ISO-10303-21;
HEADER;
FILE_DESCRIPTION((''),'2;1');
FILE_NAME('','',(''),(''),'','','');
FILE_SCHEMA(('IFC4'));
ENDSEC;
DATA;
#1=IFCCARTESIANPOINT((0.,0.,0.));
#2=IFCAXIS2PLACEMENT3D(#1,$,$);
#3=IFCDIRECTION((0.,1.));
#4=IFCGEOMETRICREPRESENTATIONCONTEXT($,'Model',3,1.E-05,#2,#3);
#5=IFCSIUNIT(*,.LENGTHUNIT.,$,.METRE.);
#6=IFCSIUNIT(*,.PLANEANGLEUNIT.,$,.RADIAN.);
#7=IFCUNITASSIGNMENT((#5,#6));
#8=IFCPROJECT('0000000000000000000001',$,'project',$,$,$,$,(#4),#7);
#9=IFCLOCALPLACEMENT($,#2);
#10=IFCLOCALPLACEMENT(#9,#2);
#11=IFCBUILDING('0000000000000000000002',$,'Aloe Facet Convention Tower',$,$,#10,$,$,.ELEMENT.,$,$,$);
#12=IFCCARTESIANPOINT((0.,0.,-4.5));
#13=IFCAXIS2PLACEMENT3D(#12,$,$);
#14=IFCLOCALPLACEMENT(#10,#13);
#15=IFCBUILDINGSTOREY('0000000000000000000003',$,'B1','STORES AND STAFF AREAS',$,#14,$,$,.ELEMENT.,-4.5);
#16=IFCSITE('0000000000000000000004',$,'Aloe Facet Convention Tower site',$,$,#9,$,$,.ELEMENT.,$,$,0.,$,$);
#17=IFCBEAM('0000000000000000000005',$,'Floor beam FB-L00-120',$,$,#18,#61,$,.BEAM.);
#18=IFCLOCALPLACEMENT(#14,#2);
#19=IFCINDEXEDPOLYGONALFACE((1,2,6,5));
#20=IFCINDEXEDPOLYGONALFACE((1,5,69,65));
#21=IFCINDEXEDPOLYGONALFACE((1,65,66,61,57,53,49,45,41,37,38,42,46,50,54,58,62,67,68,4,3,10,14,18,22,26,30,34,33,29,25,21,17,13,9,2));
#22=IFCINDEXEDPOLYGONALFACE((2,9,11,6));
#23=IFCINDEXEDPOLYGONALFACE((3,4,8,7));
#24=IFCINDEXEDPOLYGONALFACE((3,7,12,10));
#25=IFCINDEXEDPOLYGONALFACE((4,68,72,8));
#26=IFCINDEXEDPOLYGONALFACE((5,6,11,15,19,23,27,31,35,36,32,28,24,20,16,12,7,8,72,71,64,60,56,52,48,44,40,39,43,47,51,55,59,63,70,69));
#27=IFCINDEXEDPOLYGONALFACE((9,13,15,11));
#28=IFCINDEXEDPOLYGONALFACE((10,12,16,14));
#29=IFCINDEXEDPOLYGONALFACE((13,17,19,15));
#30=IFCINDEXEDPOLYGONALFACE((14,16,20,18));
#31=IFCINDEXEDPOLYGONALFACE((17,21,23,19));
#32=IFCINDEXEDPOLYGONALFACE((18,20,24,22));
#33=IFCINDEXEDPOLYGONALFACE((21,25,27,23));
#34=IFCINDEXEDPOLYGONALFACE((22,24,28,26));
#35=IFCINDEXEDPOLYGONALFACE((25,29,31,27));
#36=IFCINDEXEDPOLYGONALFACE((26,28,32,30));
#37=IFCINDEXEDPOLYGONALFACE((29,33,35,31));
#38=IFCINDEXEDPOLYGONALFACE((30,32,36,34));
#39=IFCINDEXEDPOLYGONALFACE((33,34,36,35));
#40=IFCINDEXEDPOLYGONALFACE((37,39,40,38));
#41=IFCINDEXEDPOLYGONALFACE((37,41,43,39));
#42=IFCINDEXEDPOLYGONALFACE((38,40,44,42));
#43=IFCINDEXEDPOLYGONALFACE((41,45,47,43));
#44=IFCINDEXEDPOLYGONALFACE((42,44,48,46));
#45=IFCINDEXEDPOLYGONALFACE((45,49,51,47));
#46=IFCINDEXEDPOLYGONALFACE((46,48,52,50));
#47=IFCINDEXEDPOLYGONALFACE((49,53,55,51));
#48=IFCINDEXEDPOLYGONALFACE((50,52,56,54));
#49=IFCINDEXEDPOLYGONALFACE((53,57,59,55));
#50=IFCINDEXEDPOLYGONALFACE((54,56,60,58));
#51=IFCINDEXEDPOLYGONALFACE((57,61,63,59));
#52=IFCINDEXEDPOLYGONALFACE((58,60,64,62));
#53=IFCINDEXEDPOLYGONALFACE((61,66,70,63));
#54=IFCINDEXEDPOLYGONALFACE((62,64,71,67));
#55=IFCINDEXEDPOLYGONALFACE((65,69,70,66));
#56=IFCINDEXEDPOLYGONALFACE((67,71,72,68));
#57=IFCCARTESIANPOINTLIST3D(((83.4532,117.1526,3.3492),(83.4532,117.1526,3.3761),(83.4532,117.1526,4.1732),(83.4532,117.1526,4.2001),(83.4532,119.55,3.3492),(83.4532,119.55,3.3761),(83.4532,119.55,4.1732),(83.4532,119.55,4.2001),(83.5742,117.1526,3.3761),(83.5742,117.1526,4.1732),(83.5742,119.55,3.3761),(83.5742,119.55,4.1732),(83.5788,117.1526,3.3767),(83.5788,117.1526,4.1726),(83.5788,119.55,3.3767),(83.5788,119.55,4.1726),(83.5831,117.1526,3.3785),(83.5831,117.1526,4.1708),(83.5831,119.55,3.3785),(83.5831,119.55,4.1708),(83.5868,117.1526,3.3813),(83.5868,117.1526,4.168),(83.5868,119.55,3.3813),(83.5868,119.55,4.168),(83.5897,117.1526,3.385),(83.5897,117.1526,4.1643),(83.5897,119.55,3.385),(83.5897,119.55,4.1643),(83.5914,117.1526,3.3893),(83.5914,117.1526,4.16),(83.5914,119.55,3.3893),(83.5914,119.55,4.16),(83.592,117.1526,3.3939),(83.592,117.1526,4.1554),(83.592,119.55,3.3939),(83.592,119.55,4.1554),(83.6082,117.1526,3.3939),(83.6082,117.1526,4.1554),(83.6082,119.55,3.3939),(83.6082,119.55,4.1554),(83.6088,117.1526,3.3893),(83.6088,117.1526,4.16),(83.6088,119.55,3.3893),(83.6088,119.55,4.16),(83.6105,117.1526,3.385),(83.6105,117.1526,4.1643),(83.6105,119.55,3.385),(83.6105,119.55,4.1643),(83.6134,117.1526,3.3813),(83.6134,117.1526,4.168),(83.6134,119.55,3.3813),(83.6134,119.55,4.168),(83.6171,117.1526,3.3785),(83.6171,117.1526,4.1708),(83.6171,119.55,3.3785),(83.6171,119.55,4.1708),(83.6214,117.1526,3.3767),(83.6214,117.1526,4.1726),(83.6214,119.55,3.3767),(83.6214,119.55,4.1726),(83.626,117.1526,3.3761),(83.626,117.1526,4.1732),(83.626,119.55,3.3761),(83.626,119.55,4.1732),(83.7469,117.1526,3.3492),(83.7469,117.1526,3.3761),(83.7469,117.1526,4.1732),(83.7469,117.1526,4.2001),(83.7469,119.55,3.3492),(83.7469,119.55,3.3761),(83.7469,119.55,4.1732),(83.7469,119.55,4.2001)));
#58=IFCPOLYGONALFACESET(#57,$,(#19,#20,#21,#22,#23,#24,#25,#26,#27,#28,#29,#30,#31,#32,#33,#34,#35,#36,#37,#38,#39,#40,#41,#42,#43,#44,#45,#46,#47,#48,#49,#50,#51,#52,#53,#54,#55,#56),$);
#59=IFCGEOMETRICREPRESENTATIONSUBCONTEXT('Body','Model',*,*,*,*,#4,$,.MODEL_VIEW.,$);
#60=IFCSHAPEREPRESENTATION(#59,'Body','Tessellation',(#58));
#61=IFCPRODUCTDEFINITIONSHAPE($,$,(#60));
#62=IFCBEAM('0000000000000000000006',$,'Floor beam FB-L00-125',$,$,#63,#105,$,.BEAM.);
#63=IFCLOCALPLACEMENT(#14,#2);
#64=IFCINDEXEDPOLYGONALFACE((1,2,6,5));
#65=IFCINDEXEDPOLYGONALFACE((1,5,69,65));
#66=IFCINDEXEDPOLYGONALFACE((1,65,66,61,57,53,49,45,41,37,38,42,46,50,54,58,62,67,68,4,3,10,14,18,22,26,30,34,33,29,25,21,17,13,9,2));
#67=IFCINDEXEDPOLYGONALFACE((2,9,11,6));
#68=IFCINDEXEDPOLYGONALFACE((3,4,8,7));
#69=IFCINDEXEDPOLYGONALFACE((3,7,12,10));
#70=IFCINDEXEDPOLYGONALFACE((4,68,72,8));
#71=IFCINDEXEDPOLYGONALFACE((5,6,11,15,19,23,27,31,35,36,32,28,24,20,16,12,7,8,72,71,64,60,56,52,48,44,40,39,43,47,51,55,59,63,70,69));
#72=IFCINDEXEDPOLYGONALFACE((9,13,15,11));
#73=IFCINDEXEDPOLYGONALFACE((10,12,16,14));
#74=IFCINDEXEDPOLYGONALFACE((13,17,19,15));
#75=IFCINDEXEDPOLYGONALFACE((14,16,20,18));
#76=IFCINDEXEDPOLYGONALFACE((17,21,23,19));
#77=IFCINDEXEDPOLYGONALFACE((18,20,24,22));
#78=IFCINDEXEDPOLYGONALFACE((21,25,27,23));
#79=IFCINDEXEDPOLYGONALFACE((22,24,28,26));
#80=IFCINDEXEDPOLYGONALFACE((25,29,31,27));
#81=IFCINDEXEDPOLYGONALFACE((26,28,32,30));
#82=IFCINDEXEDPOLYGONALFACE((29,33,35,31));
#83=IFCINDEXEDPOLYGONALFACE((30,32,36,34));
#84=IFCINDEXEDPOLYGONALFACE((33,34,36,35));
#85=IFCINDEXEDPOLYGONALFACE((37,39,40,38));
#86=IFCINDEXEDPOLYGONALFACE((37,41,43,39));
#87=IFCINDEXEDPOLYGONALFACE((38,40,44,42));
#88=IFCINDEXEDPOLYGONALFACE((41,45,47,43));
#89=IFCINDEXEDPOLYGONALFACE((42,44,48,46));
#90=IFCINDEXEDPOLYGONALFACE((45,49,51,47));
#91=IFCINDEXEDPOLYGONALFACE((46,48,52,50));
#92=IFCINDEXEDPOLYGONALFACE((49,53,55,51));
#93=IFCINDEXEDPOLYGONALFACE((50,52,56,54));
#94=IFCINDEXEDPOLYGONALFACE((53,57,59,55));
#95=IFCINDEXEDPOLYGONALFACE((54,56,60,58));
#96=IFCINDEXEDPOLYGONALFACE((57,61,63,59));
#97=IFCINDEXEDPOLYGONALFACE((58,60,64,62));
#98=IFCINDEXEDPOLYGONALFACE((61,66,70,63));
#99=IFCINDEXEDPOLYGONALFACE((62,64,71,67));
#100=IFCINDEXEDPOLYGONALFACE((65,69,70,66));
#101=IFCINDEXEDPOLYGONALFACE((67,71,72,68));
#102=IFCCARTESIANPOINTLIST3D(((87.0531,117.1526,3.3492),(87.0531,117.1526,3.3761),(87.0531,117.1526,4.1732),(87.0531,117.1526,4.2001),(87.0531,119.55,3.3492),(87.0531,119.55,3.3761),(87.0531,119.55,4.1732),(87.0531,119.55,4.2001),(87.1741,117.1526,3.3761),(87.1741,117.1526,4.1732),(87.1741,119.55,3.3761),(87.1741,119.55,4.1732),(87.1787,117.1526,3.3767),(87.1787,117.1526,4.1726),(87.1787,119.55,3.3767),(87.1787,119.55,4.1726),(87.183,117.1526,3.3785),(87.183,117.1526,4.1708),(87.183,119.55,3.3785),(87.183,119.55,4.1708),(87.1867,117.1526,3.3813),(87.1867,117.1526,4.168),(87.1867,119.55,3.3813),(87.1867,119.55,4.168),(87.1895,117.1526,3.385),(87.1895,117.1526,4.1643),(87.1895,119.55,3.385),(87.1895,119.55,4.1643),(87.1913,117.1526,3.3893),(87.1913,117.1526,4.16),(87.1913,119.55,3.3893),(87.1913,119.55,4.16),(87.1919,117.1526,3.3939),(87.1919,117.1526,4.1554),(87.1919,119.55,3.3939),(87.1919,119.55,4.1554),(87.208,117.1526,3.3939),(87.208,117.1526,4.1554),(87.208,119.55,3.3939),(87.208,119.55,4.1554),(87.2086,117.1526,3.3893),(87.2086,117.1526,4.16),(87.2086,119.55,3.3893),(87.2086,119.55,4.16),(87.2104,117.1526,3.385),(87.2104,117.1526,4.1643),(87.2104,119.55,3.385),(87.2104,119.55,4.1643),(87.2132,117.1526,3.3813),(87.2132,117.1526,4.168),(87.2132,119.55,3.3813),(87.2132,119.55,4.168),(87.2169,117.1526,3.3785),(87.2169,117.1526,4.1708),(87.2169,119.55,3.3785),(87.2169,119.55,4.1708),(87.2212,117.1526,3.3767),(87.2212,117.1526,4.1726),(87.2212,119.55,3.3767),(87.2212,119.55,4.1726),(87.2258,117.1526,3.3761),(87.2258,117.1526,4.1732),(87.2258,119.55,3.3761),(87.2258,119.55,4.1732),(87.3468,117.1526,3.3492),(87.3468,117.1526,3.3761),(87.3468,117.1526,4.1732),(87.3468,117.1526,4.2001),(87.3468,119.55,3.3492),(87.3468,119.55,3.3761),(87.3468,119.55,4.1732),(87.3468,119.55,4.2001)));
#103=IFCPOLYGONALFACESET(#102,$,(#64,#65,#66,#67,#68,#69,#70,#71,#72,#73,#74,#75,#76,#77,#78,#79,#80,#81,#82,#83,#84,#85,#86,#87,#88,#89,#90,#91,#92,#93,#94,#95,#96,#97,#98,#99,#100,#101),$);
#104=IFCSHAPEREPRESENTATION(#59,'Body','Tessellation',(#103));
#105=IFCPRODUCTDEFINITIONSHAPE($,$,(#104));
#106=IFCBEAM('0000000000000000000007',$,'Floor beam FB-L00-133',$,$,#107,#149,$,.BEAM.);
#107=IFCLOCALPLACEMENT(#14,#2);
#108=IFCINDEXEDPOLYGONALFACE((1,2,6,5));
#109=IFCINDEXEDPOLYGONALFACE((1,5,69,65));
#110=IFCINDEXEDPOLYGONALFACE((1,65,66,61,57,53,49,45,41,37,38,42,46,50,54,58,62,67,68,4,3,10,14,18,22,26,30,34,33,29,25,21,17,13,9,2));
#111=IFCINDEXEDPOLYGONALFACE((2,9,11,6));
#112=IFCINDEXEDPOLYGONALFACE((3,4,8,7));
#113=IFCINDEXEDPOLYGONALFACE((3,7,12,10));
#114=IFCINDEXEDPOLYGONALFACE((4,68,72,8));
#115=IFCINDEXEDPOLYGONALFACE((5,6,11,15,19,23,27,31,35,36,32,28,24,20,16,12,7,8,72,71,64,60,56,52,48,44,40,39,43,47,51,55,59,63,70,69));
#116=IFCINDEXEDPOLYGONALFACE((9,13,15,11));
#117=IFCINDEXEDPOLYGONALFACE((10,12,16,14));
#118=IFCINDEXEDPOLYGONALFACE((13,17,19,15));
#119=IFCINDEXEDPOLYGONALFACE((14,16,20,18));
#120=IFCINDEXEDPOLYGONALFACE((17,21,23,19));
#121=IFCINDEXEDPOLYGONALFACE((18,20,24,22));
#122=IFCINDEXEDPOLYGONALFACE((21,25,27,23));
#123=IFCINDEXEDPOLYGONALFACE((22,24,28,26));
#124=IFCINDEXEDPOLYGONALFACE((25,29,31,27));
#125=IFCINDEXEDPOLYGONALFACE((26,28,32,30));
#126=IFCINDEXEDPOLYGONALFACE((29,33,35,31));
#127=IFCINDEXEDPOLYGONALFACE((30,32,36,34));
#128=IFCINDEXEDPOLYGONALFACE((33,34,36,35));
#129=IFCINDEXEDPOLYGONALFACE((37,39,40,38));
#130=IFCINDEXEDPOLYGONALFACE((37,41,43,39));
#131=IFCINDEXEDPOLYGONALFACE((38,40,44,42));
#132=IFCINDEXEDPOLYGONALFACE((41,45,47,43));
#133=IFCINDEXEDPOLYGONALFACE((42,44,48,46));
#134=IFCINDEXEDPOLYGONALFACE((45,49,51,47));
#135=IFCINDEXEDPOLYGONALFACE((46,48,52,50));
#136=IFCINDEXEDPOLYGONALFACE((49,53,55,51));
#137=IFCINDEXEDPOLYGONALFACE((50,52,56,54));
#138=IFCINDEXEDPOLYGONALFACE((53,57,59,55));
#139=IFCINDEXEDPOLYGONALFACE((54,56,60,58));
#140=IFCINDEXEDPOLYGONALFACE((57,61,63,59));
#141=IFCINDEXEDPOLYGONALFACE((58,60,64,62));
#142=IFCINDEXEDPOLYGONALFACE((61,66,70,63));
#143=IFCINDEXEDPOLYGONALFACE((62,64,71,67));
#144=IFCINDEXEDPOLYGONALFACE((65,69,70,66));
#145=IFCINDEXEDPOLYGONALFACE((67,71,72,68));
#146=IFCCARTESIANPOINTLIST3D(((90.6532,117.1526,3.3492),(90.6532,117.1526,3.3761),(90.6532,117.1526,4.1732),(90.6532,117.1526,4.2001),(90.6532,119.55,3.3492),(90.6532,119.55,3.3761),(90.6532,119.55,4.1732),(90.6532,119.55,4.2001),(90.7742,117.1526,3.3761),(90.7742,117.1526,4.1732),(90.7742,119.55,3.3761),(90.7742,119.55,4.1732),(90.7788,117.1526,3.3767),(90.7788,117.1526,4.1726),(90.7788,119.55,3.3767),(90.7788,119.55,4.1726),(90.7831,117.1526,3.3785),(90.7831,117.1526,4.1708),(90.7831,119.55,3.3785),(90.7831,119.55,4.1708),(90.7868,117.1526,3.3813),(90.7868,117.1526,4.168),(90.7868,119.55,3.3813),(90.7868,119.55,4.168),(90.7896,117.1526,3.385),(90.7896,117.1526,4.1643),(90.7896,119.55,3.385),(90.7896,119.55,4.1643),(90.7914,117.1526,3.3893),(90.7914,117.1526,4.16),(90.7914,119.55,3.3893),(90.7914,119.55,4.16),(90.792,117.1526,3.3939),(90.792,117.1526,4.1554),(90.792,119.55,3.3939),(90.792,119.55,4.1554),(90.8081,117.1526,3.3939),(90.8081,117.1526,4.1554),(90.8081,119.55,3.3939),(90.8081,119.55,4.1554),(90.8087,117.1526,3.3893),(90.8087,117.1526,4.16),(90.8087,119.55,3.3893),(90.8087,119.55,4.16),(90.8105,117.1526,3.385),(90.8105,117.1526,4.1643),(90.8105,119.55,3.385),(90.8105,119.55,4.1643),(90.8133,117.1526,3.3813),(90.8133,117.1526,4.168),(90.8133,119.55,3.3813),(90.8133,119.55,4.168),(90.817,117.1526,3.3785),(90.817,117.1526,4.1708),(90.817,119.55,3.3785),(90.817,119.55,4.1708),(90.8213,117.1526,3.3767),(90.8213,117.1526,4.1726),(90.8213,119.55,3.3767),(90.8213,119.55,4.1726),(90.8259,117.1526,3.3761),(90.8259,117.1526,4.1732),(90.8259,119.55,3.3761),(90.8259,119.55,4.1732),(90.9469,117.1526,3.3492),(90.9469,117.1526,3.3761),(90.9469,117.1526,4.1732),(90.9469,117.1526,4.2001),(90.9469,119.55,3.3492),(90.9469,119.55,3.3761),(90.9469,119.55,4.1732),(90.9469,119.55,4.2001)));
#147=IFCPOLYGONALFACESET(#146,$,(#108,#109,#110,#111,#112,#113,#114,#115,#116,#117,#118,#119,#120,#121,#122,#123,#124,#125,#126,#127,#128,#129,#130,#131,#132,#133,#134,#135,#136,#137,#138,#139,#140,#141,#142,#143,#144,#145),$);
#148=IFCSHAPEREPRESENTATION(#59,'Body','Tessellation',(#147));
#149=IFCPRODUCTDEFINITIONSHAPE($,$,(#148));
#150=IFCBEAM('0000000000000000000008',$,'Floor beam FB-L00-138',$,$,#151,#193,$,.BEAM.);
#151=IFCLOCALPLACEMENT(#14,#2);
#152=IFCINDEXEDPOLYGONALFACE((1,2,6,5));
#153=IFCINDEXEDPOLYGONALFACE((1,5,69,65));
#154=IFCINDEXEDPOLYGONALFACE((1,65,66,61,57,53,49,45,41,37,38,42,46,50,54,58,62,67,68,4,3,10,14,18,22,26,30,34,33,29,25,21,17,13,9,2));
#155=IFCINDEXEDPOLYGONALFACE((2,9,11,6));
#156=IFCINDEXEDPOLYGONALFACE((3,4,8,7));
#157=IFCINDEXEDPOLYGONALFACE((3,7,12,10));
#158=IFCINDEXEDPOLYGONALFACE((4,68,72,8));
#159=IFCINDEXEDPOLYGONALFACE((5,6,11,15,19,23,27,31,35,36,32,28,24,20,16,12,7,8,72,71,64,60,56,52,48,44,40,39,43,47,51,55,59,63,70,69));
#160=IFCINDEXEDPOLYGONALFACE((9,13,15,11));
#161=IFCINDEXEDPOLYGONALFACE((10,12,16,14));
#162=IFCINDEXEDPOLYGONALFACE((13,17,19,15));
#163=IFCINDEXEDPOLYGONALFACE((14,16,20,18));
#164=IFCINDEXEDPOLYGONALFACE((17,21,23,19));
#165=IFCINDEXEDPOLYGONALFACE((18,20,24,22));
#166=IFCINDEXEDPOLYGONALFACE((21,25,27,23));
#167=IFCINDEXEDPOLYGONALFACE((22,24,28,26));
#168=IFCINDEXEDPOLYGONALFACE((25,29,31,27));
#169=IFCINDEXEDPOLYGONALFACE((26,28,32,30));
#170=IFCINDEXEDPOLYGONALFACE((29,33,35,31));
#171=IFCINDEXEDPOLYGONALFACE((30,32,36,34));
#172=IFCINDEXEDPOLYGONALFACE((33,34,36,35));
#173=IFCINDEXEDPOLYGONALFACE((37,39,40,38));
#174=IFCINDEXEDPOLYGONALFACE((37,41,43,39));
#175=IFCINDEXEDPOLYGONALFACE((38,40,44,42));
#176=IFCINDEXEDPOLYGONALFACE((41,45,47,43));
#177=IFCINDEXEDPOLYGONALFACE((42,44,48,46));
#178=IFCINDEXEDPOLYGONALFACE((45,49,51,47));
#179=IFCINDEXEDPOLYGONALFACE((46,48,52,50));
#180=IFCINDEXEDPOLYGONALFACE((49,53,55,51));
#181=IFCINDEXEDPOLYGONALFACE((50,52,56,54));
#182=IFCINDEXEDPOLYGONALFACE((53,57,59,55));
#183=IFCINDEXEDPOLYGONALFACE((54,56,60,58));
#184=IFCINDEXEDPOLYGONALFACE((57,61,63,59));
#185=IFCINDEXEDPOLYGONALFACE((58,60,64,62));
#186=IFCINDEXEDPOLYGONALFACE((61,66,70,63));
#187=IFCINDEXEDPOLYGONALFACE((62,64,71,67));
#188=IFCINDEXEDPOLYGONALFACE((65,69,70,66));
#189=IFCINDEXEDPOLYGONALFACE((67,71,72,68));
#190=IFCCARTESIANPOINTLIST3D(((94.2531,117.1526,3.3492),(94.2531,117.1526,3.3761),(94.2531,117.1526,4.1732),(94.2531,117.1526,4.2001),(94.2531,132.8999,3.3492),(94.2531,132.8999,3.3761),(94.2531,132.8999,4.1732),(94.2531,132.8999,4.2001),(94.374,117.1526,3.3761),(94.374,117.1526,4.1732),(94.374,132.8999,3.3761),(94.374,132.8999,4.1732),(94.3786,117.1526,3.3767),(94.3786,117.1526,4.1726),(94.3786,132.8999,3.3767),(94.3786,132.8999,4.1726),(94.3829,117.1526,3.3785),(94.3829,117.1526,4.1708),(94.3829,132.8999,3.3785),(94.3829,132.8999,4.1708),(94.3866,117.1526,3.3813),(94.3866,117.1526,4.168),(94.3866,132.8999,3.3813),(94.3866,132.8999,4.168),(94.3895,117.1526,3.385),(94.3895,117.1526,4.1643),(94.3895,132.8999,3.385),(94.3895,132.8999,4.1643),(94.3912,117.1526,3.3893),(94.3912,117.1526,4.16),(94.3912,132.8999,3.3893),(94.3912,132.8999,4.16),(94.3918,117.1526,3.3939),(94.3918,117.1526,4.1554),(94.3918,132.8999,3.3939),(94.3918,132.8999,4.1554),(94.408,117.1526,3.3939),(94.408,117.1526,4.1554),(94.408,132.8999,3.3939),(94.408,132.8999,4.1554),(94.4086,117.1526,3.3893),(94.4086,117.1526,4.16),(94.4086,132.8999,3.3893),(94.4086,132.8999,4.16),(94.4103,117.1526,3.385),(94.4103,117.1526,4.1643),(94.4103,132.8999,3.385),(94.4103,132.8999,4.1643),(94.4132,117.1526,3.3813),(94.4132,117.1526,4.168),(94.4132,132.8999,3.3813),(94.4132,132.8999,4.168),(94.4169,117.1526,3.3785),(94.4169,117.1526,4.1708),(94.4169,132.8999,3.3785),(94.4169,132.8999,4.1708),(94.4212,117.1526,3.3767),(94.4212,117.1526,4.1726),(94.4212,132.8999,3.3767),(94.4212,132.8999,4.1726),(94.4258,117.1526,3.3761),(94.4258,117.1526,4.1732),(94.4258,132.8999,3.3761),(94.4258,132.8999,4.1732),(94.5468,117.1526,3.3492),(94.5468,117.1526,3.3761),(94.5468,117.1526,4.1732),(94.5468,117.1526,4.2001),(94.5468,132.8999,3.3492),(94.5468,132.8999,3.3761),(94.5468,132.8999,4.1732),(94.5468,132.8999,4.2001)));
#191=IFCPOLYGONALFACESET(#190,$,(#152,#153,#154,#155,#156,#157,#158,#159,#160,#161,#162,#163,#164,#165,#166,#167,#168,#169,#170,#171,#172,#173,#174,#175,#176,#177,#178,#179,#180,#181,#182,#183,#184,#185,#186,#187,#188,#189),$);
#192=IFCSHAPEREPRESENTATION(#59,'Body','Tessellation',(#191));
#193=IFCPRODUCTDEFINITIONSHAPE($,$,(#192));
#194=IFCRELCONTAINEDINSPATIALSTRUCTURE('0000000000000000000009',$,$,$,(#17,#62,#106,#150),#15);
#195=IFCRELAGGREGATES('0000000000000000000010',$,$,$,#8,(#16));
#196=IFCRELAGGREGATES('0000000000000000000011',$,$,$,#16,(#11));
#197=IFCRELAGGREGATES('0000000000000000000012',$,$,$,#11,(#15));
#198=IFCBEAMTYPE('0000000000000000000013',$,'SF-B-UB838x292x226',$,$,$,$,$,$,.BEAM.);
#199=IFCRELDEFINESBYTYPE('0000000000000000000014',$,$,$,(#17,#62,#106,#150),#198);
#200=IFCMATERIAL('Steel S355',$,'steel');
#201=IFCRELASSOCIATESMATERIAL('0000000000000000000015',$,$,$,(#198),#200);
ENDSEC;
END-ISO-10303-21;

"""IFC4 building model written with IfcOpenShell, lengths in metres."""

from ifc_helpers import new_model, si_unit, direction, frame, origin, origin_2d, place, context, subcontext, project, spatial, i_section, extrude, material, material_profile, profile_set, type_object, element, save


model = new_model("IFC4")

# Units and contexts
model_context = context("Model", 3, precision=1e-05, world=origin(), true_north=direction((0.0, 1.0)))
body_context = subcontext(model_context, "Body", "Model", "MODEL_VIEW")
ifc_project = project(units=[si_unit("LENGTHUNIT", "METRE"), si_unit("PLANEANGLEUNIT", "RADIAN")], contexts=[model_context])

# Site, building, storey
site_placement = place(None, origin())
site = spatial("IfcSite", under=ifc_project, at=site_placement, Name="Aloe Facet Convention Tower site", CompositionType="ELEMENT", RefElevation=0.0)
building_placement = place(site_placement, origin())
building = spatial("IfcBuilding", under=site, at=building_placement, Name="Aloe Facet Convention Tower", CompositionType="ELEMENT")
storey_placement = place(building_placement, frame((0.0, 0.0, -4.5)))
storey = spatial("IfcBuildingStorey", under=building, at=storey_placement, Name="B1", Description="STORES AND STAFF AREAS", CompositionType="ELEMENT", Elevation=-4.5)

# Beams
ifc_material_1 = material(Name="Steel S355", Category="steel")
ifc_material_profile_1 = material_profile(ifc_material_1, i_section(OverallWidth=0.2937, OverallDepth=0.8508, WebThickness=0.0161, FlangeThickness=0.0269, FilletRadius=0.0178, at=origin_2d()), Name="UB 838x292x226")
ifc_profile_set_1 = profile_set([ifc_material_profile_1], Name="Steel S355")
beam_type_1 = type_object("IfcBeamType", Name="SF-B-UB838x292x226", PredefinedType="BEAM", material=ifc_profile_set_1)
for number, where, z_axis, x_axis, name in (
    (1, (83.6001, 117.1526, 3.7747), (0.0, 1.0, 0.0), (-1.0, 0.0, 0.0), "Floor beam FB-L00-120"),
    (2, (87.2, 117.1526, 3.7747), (0.0, 1.0, 0.0), (-1.0, 0.0, 0.0), "Floor beam FB-L00-125"),
    (3, (90.8, 117.1526, 3.7747), (0.0, 1.0, 0.0), (-1.0, 0.0, 0.0), "Floor beam FB-L00-133"),
):
    element("IfcBeam", number, at=place(storey_placement, frame(where, z_axis=z_axis, x_axis=x_axis)), inside=storey, type_object=beam_type_1, Name=name, PredefinedType="BEAM", context=body_context, shape_type="SweptSolid", body=[
        extrude(i_section(OverallWidth=0.2937, OverallDepth=0.8508, WebThickness=0.0161, FlangeThickness=0.0269, FilletRadius=0.0178, at=origin_2d()), origin(), (0.0, 0.0, 1.0), 2.3975),
    ])
beam_1_placement = place(storey_placement, frame((94.3999, 117.1526, 3.7747), z_axis=(0.0, 1.0, 0.0), x_axis=(-1.0, 0.0, 0.0)))
element("IfcBeam", 4, at=beam_1_placement, inside=storey, type_object=beam_type_1, Name="Floor beam FB-L00-138", PredefinedType="BEAM", context=body_context, shape_type="SweptSolid", body=[
    extrude(i_section(OverallWidth=0.2937, OverallDepth=0.8508, WebThickness=0.0161, FlangeThickness=0.0269, FilletRadius=0.0178, at=origin_2d()), origin(), (0.0, 0.0, 1.0), 15.7473),
])

save(model, "model.ifc")
